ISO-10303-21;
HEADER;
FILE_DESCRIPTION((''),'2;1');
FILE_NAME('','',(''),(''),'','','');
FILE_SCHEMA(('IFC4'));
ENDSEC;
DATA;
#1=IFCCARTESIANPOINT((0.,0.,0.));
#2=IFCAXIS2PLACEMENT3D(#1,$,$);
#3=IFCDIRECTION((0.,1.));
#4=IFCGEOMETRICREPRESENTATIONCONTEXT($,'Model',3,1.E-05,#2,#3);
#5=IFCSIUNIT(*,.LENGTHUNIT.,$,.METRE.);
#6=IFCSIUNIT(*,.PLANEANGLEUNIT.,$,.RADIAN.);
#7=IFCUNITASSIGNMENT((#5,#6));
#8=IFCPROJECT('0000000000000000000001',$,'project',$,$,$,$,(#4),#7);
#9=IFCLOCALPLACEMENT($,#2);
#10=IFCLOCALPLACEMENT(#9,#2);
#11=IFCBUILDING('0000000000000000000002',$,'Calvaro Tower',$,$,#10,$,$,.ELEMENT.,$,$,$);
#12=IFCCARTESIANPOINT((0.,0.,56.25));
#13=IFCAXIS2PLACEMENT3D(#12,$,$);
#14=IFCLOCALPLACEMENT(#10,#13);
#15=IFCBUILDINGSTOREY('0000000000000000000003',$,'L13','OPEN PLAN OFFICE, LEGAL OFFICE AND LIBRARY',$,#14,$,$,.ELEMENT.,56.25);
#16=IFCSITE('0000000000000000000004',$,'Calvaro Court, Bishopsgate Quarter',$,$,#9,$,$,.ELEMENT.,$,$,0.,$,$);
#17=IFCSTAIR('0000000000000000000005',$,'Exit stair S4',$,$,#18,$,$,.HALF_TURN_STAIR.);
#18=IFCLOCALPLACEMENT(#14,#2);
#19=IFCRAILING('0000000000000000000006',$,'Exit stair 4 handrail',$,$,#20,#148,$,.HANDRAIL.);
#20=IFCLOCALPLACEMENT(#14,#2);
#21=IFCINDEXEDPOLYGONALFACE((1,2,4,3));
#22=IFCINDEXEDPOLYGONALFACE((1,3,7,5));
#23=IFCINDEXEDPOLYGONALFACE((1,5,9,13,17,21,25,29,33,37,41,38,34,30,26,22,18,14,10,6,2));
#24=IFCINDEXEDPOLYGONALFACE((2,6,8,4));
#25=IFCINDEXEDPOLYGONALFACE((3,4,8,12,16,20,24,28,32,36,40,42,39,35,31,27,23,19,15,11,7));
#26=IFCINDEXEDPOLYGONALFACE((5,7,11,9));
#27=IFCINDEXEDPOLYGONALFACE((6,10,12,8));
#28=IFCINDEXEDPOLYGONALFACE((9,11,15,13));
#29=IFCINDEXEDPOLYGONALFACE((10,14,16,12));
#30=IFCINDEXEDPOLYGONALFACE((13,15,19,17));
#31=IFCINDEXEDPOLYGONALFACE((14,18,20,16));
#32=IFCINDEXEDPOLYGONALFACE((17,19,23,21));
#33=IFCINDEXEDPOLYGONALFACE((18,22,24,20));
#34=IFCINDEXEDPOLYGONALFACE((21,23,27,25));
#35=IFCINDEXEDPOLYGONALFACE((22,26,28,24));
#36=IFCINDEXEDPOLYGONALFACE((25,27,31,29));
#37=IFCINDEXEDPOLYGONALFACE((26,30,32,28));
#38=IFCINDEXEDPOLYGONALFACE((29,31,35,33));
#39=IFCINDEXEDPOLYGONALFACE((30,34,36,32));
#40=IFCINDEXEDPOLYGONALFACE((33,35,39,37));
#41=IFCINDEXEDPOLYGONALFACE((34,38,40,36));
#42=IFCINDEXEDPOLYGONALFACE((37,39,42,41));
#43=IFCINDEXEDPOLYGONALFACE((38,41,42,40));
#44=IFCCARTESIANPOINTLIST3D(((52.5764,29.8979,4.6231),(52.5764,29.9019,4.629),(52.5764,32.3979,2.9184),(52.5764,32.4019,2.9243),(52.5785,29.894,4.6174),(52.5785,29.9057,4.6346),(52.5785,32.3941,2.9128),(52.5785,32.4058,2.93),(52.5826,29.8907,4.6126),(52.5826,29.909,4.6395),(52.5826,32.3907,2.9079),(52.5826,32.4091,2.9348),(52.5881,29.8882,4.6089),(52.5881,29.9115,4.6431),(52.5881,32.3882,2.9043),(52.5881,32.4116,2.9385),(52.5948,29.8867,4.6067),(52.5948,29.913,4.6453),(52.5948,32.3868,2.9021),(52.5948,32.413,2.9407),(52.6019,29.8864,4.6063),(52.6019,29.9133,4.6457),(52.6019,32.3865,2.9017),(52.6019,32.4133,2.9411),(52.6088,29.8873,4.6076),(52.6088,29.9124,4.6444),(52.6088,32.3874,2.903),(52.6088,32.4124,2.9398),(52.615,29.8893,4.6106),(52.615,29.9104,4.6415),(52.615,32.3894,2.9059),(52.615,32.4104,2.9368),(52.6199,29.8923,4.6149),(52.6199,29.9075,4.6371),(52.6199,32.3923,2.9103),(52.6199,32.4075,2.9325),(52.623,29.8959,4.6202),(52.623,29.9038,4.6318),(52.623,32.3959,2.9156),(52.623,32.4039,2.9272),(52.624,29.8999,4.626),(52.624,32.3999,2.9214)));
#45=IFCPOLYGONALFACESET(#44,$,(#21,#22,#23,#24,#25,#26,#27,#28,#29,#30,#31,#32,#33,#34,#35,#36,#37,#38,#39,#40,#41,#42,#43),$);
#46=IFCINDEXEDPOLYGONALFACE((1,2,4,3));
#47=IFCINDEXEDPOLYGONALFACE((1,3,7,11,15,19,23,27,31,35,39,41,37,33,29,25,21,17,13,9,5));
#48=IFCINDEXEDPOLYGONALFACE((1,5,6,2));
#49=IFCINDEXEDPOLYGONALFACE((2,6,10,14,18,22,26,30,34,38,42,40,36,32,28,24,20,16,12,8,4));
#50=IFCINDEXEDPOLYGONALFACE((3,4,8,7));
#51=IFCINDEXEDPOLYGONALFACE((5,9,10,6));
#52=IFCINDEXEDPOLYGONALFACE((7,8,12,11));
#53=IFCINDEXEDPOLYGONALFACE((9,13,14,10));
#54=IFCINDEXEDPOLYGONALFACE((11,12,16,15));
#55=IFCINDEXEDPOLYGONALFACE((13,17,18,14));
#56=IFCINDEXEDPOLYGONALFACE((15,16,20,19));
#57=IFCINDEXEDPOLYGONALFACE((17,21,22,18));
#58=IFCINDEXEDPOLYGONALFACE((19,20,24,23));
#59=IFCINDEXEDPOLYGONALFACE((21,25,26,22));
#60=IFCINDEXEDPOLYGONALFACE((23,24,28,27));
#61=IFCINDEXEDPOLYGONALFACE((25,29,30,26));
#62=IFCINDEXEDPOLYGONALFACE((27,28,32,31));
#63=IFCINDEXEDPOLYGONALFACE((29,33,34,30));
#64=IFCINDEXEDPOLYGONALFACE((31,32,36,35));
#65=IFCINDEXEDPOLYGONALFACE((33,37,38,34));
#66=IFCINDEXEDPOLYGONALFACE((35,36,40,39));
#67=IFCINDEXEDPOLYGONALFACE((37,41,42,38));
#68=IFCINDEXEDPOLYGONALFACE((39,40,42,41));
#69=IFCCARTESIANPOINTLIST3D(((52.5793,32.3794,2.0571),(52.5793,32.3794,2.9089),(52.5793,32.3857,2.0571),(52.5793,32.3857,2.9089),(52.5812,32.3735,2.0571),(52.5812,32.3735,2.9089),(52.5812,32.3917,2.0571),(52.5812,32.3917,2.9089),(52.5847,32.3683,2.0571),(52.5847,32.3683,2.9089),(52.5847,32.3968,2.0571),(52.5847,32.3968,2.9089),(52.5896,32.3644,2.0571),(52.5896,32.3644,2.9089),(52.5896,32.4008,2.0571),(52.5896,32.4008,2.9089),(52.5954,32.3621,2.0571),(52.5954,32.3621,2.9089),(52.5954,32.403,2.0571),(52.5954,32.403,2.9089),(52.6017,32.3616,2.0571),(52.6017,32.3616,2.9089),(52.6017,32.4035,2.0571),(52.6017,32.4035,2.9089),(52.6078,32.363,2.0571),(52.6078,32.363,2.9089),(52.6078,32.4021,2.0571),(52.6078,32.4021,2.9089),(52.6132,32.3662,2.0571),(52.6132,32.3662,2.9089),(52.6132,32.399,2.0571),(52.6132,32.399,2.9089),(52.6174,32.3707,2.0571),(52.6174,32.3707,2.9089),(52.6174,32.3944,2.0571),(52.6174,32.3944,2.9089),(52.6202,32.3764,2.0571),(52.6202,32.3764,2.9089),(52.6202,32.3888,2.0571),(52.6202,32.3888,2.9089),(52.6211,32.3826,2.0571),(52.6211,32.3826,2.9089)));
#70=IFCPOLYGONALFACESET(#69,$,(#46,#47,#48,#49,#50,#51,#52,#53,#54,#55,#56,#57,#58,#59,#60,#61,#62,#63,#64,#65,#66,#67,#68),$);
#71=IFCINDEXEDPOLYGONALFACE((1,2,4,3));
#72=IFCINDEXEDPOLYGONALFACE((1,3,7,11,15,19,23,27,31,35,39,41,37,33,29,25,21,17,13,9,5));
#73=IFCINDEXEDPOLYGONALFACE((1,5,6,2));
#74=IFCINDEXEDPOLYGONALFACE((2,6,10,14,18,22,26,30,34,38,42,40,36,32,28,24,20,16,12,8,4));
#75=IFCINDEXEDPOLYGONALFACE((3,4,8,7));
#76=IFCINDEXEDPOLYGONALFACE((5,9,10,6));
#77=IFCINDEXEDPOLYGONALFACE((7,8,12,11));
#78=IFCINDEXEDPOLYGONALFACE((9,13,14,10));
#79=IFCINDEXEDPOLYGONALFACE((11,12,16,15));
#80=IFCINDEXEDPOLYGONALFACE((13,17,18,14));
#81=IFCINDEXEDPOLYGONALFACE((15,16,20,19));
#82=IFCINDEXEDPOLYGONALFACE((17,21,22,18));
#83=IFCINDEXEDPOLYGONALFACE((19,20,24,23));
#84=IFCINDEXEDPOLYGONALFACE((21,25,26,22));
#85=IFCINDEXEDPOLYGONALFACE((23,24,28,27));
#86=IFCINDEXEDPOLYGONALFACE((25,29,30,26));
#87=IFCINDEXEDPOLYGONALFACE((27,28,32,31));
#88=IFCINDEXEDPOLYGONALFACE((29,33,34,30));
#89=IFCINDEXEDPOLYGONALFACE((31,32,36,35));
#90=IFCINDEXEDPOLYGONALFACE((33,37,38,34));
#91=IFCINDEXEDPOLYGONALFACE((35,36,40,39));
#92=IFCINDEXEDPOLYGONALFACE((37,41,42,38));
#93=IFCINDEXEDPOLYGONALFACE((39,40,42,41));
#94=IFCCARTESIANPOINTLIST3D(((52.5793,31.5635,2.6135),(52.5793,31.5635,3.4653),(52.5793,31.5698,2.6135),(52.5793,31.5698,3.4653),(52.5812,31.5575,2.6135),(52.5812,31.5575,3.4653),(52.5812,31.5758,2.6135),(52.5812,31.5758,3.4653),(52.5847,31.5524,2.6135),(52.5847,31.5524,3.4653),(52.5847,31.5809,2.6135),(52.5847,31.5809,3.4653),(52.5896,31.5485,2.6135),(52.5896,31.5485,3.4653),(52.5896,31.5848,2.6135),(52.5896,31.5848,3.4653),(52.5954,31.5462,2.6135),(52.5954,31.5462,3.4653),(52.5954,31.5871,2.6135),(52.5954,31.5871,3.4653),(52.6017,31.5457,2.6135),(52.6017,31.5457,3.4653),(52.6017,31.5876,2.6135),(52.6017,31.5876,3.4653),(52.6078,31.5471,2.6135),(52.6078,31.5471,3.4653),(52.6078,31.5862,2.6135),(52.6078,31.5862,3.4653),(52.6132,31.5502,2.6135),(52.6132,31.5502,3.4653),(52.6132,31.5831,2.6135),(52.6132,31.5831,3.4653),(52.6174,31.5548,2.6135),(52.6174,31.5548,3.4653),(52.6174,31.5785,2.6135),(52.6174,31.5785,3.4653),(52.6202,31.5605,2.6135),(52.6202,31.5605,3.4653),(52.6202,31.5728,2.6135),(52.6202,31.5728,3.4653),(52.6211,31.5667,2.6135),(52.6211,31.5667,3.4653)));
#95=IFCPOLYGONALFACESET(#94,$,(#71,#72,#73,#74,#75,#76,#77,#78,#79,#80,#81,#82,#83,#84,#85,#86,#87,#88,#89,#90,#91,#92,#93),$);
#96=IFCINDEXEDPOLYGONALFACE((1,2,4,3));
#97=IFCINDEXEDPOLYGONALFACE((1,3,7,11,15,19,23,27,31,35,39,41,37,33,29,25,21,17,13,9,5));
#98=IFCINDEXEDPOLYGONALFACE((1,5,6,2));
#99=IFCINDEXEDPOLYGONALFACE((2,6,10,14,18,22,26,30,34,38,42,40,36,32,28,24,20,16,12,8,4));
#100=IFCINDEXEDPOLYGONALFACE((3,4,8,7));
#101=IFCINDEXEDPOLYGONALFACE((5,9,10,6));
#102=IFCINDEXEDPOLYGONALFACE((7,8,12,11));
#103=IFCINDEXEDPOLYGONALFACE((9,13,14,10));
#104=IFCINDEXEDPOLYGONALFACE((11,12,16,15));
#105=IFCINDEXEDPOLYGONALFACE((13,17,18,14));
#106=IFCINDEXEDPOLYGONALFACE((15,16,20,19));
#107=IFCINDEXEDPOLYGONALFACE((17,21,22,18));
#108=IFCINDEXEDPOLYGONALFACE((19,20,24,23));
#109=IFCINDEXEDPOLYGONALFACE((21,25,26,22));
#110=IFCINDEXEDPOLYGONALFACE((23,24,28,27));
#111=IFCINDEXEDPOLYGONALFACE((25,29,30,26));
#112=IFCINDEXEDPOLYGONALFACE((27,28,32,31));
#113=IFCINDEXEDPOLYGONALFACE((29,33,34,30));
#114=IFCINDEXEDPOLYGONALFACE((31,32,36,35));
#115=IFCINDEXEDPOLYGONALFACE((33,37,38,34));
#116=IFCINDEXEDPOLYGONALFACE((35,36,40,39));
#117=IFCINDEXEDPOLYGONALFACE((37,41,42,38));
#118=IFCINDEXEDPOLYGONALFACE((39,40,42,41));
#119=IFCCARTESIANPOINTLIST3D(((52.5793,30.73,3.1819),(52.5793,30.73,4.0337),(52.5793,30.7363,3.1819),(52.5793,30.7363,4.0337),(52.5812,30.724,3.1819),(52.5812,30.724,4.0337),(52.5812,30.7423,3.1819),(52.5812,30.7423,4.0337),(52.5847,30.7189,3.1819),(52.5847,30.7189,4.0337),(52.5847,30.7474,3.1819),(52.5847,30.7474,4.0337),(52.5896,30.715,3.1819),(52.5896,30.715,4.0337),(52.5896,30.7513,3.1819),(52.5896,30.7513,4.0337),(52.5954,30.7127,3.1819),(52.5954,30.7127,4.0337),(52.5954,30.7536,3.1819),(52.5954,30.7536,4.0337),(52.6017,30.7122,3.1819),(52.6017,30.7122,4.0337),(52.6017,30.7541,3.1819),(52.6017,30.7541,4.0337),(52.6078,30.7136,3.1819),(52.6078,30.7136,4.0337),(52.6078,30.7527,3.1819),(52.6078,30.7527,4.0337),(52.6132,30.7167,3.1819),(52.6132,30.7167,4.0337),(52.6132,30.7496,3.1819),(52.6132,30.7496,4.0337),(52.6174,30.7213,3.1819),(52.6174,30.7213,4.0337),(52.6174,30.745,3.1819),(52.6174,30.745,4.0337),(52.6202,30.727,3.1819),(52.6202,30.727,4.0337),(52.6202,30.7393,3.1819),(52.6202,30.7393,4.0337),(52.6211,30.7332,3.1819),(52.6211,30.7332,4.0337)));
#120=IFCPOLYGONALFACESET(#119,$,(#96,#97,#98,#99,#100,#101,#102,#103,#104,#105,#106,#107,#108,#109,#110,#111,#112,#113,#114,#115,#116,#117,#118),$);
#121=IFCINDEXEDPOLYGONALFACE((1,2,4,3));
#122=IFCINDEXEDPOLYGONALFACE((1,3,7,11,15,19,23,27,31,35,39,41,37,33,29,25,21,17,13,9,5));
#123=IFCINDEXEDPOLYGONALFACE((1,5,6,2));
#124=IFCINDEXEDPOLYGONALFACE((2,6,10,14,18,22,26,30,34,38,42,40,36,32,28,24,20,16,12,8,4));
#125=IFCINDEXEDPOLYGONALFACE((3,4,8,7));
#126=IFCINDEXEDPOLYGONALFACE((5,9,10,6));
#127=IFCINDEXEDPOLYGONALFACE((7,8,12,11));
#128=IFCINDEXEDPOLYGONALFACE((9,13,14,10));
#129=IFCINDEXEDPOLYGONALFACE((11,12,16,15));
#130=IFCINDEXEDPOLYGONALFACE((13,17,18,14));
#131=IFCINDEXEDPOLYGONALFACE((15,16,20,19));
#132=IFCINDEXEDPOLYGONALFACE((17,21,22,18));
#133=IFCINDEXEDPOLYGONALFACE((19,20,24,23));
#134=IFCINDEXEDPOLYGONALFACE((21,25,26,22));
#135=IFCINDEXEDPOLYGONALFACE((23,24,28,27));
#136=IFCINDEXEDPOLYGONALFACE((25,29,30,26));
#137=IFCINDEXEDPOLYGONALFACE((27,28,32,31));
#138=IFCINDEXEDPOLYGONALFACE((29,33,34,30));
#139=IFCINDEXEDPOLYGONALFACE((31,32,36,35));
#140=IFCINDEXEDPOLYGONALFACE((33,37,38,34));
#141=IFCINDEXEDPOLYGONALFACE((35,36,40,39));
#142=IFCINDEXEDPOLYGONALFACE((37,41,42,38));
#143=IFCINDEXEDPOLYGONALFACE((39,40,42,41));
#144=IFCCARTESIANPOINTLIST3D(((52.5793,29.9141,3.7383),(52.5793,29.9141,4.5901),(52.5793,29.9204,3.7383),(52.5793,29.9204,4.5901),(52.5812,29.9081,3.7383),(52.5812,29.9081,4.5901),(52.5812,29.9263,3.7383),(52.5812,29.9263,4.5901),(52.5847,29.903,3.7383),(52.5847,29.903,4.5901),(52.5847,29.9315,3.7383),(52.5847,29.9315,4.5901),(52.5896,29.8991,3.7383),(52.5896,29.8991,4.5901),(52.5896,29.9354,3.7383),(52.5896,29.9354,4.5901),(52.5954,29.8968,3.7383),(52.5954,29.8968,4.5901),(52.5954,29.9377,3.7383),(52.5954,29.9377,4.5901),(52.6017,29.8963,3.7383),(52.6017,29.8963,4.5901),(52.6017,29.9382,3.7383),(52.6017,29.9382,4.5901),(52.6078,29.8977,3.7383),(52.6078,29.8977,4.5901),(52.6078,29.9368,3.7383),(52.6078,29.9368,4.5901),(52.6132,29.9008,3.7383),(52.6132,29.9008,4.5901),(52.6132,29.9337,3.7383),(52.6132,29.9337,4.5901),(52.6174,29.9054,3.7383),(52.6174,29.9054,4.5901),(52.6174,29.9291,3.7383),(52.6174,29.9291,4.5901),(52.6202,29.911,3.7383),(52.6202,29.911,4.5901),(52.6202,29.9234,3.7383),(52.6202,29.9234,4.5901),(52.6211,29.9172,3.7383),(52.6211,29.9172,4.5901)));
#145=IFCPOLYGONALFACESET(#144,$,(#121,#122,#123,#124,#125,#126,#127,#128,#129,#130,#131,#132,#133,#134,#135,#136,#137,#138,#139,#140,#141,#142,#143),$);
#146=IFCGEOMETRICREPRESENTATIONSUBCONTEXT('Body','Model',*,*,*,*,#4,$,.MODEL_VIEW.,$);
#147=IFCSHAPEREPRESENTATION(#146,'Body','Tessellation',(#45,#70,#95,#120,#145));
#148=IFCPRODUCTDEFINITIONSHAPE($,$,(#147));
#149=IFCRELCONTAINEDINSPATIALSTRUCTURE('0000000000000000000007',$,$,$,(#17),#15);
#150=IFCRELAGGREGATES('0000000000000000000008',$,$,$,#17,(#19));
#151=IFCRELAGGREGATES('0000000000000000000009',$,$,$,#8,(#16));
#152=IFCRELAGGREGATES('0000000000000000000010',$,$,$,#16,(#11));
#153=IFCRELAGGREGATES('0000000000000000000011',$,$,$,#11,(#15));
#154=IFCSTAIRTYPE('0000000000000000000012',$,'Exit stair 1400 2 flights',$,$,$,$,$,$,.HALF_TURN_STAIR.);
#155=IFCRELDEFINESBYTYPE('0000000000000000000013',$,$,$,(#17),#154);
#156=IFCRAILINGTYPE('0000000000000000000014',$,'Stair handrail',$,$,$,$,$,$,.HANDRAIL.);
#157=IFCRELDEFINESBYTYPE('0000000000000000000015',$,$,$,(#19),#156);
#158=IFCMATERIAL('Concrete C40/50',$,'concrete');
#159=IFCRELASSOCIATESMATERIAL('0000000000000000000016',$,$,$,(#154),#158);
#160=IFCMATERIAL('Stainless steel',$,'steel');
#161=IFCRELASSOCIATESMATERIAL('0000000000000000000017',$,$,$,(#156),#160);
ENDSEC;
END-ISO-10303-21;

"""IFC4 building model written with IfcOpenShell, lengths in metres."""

from ifc_helpers import new_model, si_unit, direction, frame, origin, origin_2d, place, context, subcontext, project, spatial, circle, extrude, material, type_object, element, aggregate, save


model = new_model("IFC4")

# Units and contexts
model_context = context("Model", 3, precision=1e-05, world=origin(), true_north=direction((0.0, 1.0)))
body_context = subcontext(model_context, "Body", "Model", "MODEL_VIEW")
ifc_project = project(units=[si_unit("LENGTHUNIT", "METRE"), si_unit("PLANEANGLEUNIT", "RADIAN")], contexts=[model_context])

# Site, building, storey
site_placement = place(None, origin())
site = spatial("IfcSite", under=ifc_project, at=site_placement, Name="Calvaro Court, Bishopsgate Quarter", CompositionType="ELEMENT", RefElevation=0.0)
building_placement = place(site_placement, origin())
building = spatial("IfcBuilding", under=site, at=building_placement, Name="Calvaro Tower", CompositionType="ELEMENT")
storey_placement = place(building_placement, frame((0.0, 0.0, 56.25)))
storey = spatial("IfcBuildingStorey", under=building, at=storey_placement, Name="L13", Description="OPEN PLAN OFFICE, LEGAL OFFICE AND LIBRARY", CompositionType="ELEMENT", Elevation=56.25)

# Stair
ifc_material_1 = material(Name="Concrete C40/50", Category="concrete")
stair_type = type_object("IfcStairType", Name="Exit stair 1400 2 flights", PredefinedType="HALF_TURN_STAIR", material=ifc_material_1)
stair_1_placement = place(storey_placement, origin())
stair_1 = element("IfcStair", 1, at=stair_1_placement, inside=storey, type_object=stair_type, Name="Exit stair S4", PredefinedType="HALF_TURN_STAIR")

# Railing
ifc_material_2 = material(Name="Stainless steel", Category="steel")
railing_type = type_object("IfcRailingType", Name="Stair handrail", PredefinedType="HANDRAIL", material=ifc_material_2)
railing_1_placement = place(storey_placement, frame((52.6001, 32.3999, 2.0454)))
railing_1 = element("IfcRailing", 2, at=railing_1_placement, type_object=railing_type, Name="Exit stair 4 handrail", PredefinedType="HANDRAIL", context=body_context, shape_type="SweptSolid", body=[
    extrude(circle(Radius=0.0239, at=origin_2d()), frame((0.0, 0.0, 0.876), z_axis=(0.0, -0.826221, 0.563347), x_axis=(1.0, 0.0, 0.0)), (0.0, 0.0, 1.0), 3.0259),
    extrude(circle(Radius=0.021, at=origin_2d()), frame((0.0, -0.0173, 0.0117)), (0.0, 0.0, 1.0), 0.8518),
    extrude(circle(Radius=0.021, at=origin_2d()), frame((0.0, -0.8333, 0.5681)), (0.0, 0.0, 1.0), 0.8518),
    extrude(circle(Radius=0.021, at=origin_2d()), frame((0.0, -1.6667, 1.1365)), (0.0, 0.0, 1.0), 0.8518),
    extrude(circle(Radius=0.021, at=origin_2d()), frame((0.0, -2.4827, 1.6929)), (0.0, 0.0, 1.0), 0.8518),
])
aggregate(stair_1, [railing_1])

save(model, "model.ifc")
